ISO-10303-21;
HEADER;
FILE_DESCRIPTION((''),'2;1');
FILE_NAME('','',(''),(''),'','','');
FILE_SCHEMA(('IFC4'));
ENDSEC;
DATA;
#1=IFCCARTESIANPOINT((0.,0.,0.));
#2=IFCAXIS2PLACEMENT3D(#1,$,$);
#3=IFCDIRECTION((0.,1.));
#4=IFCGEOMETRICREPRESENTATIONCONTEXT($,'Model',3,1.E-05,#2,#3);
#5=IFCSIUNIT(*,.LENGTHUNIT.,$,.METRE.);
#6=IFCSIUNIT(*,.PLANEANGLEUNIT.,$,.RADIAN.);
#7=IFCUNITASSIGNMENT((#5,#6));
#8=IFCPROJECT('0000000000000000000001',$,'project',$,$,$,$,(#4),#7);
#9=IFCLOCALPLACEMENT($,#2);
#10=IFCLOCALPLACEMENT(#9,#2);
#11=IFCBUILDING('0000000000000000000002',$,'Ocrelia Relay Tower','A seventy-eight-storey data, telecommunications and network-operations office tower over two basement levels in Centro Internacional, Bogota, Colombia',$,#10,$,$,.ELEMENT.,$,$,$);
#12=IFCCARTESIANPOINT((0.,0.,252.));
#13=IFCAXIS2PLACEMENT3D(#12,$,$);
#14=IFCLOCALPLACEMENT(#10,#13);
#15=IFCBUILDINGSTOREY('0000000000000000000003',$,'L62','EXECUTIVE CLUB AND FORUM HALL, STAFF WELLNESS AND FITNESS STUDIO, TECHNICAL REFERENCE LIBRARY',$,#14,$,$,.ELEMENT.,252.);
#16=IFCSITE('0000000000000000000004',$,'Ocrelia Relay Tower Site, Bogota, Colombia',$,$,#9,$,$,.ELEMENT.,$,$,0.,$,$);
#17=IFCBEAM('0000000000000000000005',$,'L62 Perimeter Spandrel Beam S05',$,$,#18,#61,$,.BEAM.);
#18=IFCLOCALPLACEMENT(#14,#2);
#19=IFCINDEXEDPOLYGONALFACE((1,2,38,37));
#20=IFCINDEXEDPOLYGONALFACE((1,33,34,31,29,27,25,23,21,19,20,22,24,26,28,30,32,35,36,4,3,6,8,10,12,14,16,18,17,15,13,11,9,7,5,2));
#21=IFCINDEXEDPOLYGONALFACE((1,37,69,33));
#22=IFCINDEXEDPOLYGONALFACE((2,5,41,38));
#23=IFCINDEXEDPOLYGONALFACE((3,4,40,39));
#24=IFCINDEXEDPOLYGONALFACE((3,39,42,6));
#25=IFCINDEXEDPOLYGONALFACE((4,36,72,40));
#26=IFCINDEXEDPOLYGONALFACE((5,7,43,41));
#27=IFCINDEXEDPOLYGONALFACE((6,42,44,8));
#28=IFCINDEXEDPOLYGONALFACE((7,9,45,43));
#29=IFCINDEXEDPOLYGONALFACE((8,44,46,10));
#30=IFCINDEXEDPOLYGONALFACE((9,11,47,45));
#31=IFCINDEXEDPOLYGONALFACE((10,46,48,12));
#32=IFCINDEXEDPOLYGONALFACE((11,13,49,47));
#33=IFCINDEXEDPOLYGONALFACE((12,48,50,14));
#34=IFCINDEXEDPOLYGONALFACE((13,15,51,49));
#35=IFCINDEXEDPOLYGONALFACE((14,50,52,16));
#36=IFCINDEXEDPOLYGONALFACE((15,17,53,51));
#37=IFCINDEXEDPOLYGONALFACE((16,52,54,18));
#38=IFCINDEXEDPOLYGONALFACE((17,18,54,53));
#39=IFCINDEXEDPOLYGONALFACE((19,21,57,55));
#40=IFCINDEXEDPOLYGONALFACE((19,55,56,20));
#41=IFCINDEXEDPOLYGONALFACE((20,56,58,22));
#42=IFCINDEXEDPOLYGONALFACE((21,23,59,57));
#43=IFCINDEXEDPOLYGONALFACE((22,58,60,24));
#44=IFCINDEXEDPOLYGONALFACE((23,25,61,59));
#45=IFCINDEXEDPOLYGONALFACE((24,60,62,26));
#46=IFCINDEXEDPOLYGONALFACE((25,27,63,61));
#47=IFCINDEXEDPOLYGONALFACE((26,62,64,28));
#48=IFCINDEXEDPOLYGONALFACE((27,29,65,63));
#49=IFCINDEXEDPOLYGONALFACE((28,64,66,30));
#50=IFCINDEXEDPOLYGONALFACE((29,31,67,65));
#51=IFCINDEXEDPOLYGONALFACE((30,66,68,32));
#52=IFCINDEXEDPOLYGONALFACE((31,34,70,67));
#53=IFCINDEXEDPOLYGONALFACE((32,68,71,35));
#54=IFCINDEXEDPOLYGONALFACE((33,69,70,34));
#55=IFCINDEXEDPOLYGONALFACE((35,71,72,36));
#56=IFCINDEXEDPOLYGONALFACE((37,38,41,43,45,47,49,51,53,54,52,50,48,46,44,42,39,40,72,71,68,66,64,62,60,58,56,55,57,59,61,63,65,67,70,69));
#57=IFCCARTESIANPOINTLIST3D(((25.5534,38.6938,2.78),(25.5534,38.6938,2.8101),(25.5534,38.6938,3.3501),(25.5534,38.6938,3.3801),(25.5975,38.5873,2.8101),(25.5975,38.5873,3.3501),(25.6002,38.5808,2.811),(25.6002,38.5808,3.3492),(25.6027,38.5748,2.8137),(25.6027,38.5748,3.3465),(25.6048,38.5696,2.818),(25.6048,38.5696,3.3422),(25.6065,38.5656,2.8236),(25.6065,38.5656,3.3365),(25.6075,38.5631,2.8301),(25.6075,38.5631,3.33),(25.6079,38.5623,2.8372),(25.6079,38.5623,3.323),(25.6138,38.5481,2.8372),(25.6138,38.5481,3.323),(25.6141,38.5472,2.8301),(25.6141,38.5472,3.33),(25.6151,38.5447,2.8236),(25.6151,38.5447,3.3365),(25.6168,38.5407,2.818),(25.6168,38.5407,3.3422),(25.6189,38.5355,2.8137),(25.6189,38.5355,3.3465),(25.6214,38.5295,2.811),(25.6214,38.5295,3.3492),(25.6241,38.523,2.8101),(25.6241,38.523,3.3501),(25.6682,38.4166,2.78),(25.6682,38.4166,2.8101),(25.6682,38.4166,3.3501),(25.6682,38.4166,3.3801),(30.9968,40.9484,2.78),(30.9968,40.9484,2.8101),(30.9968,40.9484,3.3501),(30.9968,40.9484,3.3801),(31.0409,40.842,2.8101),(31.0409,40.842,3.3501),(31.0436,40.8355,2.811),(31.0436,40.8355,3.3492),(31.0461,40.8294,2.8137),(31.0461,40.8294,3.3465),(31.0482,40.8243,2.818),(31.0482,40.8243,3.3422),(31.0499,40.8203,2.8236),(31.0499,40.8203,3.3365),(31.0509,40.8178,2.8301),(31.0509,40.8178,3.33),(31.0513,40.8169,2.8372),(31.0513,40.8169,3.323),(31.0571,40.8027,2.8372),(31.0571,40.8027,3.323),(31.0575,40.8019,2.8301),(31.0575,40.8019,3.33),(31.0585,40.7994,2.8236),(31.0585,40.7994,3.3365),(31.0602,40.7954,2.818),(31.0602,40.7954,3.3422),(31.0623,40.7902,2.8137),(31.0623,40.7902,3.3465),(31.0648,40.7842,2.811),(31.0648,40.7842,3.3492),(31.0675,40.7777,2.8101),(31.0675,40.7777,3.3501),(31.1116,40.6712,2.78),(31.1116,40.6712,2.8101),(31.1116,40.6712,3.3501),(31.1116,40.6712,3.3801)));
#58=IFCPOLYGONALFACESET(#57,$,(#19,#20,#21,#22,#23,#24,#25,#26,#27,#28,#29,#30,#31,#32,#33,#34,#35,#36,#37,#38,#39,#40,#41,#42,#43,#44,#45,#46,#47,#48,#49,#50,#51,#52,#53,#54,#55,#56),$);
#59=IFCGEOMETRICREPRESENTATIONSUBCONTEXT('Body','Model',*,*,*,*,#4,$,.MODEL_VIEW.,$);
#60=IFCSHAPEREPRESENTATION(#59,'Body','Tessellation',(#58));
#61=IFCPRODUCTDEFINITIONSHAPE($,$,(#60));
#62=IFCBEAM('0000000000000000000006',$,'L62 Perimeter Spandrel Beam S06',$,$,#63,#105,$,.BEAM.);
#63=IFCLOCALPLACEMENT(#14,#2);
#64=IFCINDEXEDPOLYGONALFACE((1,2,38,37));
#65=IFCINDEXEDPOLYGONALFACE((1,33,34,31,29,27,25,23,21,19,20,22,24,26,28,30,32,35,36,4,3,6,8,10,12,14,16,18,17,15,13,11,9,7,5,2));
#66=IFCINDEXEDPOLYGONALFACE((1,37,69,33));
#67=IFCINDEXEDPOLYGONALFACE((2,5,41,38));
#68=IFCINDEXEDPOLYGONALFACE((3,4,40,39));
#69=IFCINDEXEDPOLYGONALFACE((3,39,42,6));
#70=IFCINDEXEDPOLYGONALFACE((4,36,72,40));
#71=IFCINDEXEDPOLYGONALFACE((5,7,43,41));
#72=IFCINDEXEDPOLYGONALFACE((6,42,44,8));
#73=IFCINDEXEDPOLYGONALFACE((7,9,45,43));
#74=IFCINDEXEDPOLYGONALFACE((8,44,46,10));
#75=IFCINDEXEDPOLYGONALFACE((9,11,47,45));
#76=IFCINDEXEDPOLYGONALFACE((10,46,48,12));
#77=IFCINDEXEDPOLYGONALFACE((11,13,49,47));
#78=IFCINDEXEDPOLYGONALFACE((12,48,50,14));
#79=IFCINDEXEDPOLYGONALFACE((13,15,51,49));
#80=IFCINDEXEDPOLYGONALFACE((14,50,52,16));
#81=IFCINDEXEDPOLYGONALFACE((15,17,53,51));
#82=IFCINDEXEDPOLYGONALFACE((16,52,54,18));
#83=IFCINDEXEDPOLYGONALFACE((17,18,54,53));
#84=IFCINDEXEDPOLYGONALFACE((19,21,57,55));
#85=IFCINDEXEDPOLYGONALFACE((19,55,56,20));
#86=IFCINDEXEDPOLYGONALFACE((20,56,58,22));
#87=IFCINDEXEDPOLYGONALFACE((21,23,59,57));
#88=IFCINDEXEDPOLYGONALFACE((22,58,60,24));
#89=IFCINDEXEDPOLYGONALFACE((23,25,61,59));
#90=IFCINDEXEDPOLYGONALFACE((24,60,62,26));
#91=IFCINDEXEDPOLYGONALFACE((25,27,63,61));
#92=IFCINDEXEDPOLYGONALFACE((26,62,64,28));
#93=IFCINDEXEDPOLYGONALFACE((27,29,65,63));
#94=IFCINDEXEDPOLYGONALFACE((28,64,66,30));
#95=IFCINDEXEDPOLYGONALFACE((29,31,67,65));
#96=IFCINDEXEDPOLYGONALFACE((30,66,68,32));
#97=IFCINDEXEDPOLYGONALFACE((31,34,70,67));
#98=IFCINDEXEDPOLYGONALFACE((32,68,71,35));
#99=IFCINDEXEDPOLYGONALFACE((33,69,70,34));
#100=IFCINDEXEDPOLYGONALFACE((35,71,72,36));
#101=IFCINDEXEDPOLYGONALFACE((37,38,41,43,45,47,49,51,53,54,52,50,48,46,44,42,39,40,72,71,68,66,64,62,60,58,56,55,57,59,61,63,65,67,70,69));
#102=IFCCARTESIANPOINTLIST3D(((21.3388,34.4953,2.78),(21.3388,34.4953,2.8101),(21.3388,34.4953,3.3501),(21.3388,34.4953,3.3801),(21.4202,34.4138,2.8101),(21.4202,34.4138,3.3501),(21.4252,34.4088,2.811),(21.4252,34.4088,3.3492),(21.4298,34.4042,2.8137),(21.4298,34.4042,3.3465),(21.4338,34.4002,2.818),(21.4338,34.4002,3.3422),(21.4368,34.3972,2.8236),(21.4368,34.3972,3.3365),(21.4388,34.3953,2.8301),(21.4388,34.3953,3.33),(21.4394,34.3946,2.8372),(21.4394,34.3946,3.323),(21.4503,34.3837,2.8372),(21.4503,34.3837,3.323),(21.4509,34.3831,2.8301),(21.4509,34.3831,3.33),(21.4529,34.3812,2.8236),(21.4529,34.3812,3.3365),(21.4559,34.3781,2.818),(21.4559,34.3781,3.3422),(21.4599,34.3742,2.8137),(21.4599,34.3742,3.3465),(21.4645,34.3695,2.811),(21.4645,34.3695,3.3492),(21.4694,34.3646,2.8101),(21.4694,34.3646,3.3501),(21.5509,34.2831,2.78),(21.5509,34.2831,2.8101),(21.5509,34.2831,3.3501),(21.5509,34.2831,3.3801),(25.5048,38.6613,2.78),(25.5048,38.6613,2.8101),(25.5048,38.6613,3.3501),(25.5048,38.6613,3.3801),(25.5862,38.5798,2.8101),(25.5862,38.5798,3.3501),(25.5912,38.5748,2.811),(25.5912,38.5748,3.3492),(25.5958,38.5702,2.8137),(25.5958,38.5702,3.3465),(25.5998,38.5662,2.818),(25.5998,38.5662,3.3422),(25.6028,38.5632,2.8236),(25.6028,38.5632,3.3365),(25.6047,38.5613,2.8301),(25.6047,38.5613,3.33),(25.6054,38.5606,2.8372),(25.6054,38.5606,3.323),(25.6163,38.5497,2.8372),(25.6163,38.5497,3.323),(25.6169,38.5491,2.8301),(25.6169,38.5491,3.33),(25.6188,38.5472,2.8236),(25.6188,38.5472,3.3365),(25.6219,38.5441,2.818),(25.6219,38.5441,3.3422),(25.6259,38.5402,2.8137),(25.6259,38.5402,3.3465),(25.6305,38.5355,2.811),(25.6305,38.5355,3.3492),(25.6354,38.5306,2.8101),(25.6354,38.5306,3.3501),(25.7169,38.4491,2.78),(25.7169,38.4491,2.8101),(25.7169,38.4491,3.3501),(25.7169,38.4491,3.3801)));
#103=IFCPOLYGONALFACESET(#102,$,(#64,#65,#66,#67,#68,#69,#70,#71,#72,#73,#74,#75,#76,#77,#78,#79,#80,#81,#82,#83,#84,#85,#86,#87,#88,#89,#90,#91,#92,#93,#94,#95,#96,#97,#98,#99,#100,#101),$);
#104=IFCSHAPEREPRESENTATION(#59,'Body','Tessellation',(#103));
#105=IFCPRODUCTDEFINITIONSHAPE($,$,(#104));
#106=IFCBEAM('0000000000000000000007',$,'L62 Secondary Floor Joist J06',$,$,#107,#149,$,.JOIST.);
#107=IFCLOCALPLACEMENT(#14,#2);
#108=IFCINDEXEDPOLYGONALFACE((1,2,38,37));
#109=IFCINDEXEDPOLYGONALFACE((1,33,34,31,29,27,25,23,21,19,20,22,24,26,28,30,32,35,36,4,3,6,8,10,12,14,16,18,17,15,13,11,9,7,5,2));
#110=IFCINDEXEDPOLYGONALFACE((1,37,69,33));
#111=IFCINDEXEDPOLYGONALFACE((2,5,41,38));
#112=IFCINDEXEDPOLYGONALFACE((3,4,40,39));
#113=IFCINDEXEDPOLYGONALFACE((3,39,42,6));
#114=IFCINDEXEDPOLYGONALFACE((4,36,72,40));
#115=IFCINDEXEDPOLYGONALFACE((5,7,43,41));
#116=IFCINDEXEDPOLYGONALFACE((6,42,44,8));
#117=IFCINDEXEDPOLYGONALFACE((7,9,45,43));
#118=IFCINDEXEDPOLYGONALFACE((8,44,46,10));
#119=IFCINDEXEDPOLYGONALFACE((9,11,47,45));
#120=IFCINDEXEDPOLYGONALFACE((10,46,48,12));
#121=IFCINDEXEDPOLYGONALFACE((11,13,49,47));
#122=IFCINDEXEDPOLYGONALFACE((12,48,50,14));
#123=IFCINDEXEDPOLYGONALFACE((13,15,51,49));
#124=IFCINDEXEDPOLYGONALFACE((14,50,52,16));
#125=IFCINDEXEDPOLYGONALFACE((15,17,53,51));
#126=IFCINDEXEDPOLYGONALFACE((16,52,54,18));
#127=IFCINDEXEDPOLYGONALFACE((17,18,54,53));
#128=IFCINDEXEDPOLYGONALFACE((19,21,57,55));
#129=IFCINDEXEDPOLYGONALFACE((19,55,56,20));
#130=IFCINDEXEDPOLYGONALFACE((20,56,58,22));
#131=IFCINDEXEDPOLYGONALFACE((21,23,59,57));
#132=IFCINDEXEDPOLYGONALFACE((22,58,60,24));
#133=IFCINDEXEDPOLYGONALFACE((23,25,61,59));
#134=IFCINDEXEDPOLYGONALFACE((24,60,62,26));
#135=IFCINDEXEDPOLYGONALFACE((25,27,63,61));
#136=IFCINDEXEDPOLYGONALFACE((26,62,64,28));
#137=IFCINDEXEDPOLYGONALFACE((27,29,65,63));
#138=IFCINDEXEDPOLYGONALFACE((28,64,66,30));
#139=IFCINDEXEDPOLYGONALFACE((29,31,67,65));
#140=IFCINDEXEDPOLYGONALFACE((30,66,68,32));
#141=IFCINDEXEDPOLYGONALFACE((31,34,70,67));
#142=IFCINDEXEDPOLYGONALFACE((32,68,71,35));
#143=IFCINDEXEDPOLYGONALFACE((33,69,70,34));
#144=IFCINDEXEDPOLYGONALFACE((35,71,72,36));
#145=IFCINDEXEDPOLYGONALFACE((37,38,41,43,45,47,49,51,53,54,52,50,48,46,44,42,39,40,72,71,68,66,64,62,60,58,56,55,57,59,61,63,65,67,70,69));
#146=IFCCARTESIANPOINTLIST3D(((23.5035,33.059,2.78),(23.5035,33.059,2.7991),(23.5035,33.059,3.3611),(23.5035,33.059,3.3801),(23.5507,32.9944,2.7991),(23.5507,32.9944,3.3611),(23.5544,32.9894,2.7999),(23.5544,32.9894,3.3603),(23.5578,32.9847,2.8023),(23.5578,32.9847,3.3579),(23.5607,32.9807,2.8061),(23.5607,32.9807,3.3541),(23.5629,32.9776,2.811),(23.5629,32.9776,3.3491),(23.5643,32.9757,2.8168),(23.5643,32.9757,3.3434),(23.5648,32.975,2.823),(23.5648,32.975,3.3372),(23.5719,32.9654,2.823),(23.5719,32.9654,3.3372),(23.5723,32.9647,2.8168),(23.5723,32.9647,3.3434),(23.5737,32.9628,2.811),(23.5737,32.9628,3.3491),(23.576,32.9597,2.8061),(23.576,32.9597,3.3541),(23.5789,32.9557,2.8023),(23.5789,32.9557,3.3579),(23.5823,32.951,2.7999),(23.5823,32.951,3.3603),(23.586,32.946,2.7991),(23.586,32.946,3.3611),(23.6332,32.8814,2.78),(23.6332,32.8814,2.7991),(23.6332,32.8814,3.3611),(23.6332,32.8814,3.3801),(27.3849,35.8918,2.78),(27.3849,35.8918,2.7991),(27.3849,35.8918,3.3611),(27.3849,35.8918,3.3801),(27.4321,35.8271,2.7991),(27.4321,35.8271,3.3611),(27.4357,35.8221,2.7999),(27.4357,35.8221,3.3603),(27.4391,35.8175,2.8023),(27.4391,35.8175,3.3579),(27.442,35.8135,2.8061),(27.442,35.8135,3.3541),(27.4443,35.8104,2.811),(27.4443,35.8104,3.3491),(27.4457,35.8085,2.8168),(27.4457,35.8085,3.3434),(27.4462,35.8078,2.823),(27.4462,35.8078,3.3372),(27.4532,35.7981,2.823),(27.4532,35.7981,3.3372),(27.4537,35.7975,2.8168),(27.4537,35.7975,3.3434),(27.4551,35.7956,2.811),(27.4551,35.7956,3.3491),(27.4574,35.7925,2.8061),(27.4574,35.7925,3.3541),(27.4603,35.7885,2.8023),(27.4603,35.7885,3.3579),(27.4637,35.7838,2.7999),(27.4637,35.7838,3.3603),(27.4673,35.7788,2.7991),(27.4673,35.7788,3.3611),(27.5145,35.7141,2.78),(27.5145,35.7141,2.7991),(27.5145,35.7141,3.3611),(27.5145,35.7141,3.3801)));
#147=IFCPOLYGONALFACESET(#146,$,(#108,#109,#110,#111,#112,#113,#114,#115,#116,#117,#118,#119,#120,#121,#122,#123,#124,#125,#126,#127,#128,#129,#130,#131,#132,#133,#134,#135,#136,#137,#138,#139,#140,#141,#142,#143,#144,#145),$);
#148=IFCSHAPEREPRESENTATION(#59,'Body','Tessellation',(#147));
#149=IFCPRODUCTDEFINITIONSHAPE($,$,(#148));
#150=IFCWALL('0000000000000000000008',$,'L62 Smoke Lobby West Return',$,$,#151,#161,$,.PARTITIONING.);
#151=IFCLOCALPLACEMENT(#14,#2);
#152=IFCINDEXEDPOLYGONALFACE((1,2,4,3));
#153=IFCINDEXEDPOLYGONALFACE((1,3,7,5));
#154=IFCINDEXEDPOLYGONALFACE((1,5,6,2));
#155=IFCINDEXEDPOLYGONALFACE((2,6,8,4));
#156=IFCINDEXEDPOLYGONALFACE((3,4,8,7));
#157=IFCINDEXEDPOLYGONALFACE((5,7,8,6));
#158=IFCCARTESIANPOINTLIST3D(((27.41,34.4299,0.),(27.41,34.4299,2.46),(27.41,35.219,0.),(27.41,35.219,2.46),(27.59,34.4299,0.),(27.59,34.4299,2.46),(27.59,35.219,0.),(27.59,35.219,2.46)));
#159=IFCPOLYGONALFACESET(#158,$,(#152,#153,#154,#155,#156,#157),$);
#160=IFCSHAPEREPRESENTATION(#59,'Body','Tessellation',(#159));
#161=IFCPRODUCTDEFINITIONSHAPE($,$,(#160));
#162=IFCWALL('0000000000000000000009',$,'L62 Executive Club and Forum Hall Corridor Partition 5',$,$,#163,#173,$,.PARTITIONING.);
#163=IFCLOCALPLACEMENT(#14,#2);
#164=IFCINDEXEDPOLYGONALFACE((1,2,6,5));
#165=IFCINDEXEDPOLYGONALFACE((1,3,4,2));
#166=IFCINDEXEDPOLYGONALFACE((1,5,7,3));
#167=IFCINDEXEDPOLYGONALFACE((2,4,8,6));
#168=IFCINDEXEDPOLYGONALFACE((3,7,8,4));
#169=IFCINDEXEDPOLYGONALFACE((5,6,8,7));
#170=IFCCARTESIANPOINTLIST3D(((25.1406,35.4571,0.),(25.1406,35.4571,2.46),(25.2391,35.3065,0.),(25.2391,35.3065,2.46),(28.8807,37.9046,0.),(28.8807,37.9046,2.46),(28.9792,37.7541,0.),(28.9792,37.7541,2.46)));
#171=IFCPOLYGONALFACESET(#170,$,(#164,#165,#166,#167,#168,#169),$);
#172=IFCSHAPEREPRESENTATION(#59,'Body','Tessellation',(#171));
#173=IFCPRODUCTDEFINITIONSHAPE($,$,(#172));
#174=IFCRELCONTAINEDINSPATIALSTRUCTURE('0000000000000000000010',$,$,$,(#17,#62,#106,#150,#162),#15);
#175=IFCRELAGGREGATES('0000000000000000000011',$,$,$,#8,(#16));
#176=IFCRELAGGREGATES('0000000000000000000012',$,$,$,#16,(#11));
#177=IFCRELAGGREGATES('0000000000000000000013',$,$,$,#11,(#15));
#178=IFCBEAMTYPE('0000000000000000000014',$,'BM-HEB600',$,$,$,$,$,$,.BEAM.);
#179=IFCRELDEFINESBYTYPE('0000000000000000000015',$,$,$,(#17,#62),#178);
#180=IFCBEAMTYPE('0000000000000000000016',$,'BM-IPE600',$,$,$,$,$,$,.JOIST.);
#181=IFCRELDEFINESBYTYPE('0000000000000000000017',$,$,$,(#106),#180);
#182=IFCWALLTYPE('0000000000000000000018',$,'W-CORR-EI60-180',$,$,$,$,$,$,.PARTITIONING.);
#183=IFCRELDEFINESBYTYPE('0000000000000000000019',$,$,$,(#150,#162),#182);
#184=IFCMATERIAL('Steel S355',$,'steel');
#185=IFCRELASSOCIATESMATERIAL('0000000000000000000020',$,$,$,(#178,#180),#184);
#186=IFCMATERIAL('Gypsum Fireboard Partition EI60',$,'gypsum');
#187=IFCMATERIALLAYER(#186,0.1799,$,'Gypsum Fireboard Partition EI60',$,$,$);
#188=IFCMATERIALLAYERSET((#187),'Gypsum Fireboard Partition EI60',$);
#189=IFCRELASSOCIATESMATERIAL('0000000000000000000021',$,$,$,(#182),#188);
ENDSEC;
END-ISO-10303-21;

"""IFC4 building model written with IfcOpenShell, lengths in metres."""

from ifc_helpers import new_model, si_unit, direction, frame, frame_2d, origin, origin_2d, place, context, subcontext, project, spatial, rectangle, i_section, extrude, material, layer, layer_set, material_profile, profile_set, type_object, element, save


model = new_model("IFC4")

# Units and contexts
model_context = context("Model", 3, precision=1e-05, world=origin(), true_north=direction((0.0, 1.0)))
body_context = subcontext(model_context, "Body", "Model", "MODEL_VIEW")
ifc_project = project(units=[si_unit("LENGTHUNIT", "METRE"), si_unit("PLANEANGLEUNIT", "RADIAN")], contexts=[model_context])

# Site, building, storey
site_placement = place(None, origin())
site = spatial("IfcSite", under=ifc_project, at=site_placement, Name="Ocrelia Relay Tower Site, Bogota, Colombia", CompositionType="ELEMENT", RefElevation=0.0)
building_placement = place(site_placement, origin())
building = spatial("IfcBuilding", under=site, at=building_placement, Name="Ocrelia Relay Tower", Description="A seventy-eight-storey data, telecommunications and network-operations office tower over two basement levels in Centro Internacional, Bogota, Colombia", CompositionType="ELEMENT")
storey_placement = place(building_placement, frame((0.0, 0.0, 252.0)))
storey = spatial("IfcBuildingStorey", under=building, at=storey_placement, Name="L62", Description="EXECUTIVE CLUB AND FORUM HALL, STAFF WELLNESS AND FITNESS STUDIO, TECHNICAL REFERENCE LIBRARY", CompositionType="ELEMENT", Elevation=252.0)

# Beams
ifc_material_1 = material(Name="Steel S355", Category="steel")
ifc_material_profile_1 = material_profile(ifc_material_1, i_section(OverallWidth=0.3, OverallDepth=0.6001, WebThickness=0.0154, FlangeThickness=0.03, FilletRadius=0.0271, at=origin_2d()), Name="HEB 600")
ifc_profile_set_1 = profile_set([ifc_material_profile_1], Name="Steel S355")
beam_type_1 = type_object("IfcBeamType", Name="BM-HEB600", PredefinedType="BEAM", material=ifc_profile_set_1)
beam_1_placement = place(storey_placement, frame((31.0542, 40.8098, 3.0801), z_axis=(-0.923884, -0.382673, 0.0), x_axis=(0.382673, -0.923884, 0.0)))
element("IfcBeam", 1, at=beam_1_placement, inside=storey, type_object=beam_type_1, Name="L62 Perimeter Spandrel Beam S05", PredefinedType="BEAM", context=body_context, shape_type="SweptSolid", body=[
    extrude(i_section(OverallWidth=0.3, OverallDepth=0.6001, WebThickness=0.0154, FlangeThickness=0.03, FilletRadius=0.0271, at=origin_2d()), origin(), (0.0, 0.0, 1.0), 5.8918),
])
beam_2_placement = place(storey_placement, frame((25.6108, 38.5552, 3.0801), z_axis=(-0.707107, -0.707107, 0.0), x_axis=(0.707107, -0.707107, 0.0)))
element("IfcBeam", 2, at=beam_2_placement, inside=storey, type_object=beam_type_1, Name="L62 Perimeter Spandrel Beam S06", PredefinedType="BEAM", context=body_context, shape_type="SweptSolid", body=[
    extrude(i_section(OverallWidth=0.3, OverallDepth=0.6001, WebThickness=0.0154, FlangeThickness=0.03, FilletRadius=0.0271, at=origin_2d()), origin(), (0.0, 0.0, 1.0), 5.8916),
])
ifc_material_profile_2 = material_profile(ifc_material_1, i_section(OverallWidth=0.22, OverallDepth=0.6001, WebThickness=0.012, FlangeThickness=0.019, FilletRadius=0.0239, at=origin_2d()), Name="IPE 600")
ifc_profile_set_2 = profile_set([ifc_material_profile_2], Name="Steel S355")
beam_type_2 = type_object("IfcBeamType", Name="BM-IPE600", PredefinedType="JOIST", material=ifc_profile_set_2)
beam_3_placement = place(storey_placement, frame((27.4497, 35.803, 3.0801), z_axis=(-0.807748, -0.589527, 0.0), x_axis=(0.589527, -0.807748, 0.0)))
element("IfcBeam", 3, at=beam_3_placement, inside=storey, type_object=beam_type_2, Name="L62 Secondary Floor Joist J06", PredefinedType="JOIST", context=body_context, shape_type="SweptSolid", body=[
    extrude(i_section(OverallWidth=0.22, OverallDepth=0.6001, WebThickness=0.012, FlangeThickness=0.019, FilletRadius=0.0239, at=origin_2d()), origin(), (0.0, 0.0, 1.0), 4.8052),
])

# Wall
ifc_material_2 = material(Name="Gypsum Fireboard Partition EI60", Category="gypsum")
ifc_layer_1 = layer(ifc_material_2, 0.1799, Name="Gypsum Fireboard Partition EI60")
ifc_layer_set_1 = layer_set([ifc_layer_1], Name="Gypsum Fireboard Partition EI60")
wall_type_1 = type_object("IfcWallType", Name="W-CORR-EI60-180", PredefinedType="PARTITIONING", material=ifc_layer_set_1)
wall_1_placement = place(storey_placement, frame((27.5, 34.4299, 0.0), z_axis=(0.0, 0.0, 1.0), x_axis=(0.0, 1.0, 0.0)))
element("IfcWall", 4, at=wall_1_placement, inside=storey, type_object=wall_type_1, Name="L62 Smoke Lobby West Return", PredefinedType="PARTITIONING", context=body_context, shape_type="SweptSolid", body=[
    extrude(rectangle(XDim=0.7891, YDim=0.1799, at=frame_2d((0.3945, 0.0))), origin(), (0.0, 0.0, 1.0), 2.46),
])

# Wall
wall_2_placement = place(storey_placement, frame((28.9299, 37.8293, 0.0), z_axis=(0.0, 0.0, 1.0), x_axis=(-0.836751, -0.547583, 0.0)))
element("IfcWall", 5, at=wall_2_placement, inside=storey, type_object=wall_type_1, Name="L62 Executive Club and Forum Hall Corridor Partition 5", PredefinedType="PARTITIONING", context=body_context, shape_type="SweptSolid", body=[
    extrude(rectangle(XDim=4.4697, YDim=0.1799, at=frame_2d((2.2349, 0.0))), origin(), (0.0, 0.0, 1.0), 2.46),
])

save(model, "model.ifc")
